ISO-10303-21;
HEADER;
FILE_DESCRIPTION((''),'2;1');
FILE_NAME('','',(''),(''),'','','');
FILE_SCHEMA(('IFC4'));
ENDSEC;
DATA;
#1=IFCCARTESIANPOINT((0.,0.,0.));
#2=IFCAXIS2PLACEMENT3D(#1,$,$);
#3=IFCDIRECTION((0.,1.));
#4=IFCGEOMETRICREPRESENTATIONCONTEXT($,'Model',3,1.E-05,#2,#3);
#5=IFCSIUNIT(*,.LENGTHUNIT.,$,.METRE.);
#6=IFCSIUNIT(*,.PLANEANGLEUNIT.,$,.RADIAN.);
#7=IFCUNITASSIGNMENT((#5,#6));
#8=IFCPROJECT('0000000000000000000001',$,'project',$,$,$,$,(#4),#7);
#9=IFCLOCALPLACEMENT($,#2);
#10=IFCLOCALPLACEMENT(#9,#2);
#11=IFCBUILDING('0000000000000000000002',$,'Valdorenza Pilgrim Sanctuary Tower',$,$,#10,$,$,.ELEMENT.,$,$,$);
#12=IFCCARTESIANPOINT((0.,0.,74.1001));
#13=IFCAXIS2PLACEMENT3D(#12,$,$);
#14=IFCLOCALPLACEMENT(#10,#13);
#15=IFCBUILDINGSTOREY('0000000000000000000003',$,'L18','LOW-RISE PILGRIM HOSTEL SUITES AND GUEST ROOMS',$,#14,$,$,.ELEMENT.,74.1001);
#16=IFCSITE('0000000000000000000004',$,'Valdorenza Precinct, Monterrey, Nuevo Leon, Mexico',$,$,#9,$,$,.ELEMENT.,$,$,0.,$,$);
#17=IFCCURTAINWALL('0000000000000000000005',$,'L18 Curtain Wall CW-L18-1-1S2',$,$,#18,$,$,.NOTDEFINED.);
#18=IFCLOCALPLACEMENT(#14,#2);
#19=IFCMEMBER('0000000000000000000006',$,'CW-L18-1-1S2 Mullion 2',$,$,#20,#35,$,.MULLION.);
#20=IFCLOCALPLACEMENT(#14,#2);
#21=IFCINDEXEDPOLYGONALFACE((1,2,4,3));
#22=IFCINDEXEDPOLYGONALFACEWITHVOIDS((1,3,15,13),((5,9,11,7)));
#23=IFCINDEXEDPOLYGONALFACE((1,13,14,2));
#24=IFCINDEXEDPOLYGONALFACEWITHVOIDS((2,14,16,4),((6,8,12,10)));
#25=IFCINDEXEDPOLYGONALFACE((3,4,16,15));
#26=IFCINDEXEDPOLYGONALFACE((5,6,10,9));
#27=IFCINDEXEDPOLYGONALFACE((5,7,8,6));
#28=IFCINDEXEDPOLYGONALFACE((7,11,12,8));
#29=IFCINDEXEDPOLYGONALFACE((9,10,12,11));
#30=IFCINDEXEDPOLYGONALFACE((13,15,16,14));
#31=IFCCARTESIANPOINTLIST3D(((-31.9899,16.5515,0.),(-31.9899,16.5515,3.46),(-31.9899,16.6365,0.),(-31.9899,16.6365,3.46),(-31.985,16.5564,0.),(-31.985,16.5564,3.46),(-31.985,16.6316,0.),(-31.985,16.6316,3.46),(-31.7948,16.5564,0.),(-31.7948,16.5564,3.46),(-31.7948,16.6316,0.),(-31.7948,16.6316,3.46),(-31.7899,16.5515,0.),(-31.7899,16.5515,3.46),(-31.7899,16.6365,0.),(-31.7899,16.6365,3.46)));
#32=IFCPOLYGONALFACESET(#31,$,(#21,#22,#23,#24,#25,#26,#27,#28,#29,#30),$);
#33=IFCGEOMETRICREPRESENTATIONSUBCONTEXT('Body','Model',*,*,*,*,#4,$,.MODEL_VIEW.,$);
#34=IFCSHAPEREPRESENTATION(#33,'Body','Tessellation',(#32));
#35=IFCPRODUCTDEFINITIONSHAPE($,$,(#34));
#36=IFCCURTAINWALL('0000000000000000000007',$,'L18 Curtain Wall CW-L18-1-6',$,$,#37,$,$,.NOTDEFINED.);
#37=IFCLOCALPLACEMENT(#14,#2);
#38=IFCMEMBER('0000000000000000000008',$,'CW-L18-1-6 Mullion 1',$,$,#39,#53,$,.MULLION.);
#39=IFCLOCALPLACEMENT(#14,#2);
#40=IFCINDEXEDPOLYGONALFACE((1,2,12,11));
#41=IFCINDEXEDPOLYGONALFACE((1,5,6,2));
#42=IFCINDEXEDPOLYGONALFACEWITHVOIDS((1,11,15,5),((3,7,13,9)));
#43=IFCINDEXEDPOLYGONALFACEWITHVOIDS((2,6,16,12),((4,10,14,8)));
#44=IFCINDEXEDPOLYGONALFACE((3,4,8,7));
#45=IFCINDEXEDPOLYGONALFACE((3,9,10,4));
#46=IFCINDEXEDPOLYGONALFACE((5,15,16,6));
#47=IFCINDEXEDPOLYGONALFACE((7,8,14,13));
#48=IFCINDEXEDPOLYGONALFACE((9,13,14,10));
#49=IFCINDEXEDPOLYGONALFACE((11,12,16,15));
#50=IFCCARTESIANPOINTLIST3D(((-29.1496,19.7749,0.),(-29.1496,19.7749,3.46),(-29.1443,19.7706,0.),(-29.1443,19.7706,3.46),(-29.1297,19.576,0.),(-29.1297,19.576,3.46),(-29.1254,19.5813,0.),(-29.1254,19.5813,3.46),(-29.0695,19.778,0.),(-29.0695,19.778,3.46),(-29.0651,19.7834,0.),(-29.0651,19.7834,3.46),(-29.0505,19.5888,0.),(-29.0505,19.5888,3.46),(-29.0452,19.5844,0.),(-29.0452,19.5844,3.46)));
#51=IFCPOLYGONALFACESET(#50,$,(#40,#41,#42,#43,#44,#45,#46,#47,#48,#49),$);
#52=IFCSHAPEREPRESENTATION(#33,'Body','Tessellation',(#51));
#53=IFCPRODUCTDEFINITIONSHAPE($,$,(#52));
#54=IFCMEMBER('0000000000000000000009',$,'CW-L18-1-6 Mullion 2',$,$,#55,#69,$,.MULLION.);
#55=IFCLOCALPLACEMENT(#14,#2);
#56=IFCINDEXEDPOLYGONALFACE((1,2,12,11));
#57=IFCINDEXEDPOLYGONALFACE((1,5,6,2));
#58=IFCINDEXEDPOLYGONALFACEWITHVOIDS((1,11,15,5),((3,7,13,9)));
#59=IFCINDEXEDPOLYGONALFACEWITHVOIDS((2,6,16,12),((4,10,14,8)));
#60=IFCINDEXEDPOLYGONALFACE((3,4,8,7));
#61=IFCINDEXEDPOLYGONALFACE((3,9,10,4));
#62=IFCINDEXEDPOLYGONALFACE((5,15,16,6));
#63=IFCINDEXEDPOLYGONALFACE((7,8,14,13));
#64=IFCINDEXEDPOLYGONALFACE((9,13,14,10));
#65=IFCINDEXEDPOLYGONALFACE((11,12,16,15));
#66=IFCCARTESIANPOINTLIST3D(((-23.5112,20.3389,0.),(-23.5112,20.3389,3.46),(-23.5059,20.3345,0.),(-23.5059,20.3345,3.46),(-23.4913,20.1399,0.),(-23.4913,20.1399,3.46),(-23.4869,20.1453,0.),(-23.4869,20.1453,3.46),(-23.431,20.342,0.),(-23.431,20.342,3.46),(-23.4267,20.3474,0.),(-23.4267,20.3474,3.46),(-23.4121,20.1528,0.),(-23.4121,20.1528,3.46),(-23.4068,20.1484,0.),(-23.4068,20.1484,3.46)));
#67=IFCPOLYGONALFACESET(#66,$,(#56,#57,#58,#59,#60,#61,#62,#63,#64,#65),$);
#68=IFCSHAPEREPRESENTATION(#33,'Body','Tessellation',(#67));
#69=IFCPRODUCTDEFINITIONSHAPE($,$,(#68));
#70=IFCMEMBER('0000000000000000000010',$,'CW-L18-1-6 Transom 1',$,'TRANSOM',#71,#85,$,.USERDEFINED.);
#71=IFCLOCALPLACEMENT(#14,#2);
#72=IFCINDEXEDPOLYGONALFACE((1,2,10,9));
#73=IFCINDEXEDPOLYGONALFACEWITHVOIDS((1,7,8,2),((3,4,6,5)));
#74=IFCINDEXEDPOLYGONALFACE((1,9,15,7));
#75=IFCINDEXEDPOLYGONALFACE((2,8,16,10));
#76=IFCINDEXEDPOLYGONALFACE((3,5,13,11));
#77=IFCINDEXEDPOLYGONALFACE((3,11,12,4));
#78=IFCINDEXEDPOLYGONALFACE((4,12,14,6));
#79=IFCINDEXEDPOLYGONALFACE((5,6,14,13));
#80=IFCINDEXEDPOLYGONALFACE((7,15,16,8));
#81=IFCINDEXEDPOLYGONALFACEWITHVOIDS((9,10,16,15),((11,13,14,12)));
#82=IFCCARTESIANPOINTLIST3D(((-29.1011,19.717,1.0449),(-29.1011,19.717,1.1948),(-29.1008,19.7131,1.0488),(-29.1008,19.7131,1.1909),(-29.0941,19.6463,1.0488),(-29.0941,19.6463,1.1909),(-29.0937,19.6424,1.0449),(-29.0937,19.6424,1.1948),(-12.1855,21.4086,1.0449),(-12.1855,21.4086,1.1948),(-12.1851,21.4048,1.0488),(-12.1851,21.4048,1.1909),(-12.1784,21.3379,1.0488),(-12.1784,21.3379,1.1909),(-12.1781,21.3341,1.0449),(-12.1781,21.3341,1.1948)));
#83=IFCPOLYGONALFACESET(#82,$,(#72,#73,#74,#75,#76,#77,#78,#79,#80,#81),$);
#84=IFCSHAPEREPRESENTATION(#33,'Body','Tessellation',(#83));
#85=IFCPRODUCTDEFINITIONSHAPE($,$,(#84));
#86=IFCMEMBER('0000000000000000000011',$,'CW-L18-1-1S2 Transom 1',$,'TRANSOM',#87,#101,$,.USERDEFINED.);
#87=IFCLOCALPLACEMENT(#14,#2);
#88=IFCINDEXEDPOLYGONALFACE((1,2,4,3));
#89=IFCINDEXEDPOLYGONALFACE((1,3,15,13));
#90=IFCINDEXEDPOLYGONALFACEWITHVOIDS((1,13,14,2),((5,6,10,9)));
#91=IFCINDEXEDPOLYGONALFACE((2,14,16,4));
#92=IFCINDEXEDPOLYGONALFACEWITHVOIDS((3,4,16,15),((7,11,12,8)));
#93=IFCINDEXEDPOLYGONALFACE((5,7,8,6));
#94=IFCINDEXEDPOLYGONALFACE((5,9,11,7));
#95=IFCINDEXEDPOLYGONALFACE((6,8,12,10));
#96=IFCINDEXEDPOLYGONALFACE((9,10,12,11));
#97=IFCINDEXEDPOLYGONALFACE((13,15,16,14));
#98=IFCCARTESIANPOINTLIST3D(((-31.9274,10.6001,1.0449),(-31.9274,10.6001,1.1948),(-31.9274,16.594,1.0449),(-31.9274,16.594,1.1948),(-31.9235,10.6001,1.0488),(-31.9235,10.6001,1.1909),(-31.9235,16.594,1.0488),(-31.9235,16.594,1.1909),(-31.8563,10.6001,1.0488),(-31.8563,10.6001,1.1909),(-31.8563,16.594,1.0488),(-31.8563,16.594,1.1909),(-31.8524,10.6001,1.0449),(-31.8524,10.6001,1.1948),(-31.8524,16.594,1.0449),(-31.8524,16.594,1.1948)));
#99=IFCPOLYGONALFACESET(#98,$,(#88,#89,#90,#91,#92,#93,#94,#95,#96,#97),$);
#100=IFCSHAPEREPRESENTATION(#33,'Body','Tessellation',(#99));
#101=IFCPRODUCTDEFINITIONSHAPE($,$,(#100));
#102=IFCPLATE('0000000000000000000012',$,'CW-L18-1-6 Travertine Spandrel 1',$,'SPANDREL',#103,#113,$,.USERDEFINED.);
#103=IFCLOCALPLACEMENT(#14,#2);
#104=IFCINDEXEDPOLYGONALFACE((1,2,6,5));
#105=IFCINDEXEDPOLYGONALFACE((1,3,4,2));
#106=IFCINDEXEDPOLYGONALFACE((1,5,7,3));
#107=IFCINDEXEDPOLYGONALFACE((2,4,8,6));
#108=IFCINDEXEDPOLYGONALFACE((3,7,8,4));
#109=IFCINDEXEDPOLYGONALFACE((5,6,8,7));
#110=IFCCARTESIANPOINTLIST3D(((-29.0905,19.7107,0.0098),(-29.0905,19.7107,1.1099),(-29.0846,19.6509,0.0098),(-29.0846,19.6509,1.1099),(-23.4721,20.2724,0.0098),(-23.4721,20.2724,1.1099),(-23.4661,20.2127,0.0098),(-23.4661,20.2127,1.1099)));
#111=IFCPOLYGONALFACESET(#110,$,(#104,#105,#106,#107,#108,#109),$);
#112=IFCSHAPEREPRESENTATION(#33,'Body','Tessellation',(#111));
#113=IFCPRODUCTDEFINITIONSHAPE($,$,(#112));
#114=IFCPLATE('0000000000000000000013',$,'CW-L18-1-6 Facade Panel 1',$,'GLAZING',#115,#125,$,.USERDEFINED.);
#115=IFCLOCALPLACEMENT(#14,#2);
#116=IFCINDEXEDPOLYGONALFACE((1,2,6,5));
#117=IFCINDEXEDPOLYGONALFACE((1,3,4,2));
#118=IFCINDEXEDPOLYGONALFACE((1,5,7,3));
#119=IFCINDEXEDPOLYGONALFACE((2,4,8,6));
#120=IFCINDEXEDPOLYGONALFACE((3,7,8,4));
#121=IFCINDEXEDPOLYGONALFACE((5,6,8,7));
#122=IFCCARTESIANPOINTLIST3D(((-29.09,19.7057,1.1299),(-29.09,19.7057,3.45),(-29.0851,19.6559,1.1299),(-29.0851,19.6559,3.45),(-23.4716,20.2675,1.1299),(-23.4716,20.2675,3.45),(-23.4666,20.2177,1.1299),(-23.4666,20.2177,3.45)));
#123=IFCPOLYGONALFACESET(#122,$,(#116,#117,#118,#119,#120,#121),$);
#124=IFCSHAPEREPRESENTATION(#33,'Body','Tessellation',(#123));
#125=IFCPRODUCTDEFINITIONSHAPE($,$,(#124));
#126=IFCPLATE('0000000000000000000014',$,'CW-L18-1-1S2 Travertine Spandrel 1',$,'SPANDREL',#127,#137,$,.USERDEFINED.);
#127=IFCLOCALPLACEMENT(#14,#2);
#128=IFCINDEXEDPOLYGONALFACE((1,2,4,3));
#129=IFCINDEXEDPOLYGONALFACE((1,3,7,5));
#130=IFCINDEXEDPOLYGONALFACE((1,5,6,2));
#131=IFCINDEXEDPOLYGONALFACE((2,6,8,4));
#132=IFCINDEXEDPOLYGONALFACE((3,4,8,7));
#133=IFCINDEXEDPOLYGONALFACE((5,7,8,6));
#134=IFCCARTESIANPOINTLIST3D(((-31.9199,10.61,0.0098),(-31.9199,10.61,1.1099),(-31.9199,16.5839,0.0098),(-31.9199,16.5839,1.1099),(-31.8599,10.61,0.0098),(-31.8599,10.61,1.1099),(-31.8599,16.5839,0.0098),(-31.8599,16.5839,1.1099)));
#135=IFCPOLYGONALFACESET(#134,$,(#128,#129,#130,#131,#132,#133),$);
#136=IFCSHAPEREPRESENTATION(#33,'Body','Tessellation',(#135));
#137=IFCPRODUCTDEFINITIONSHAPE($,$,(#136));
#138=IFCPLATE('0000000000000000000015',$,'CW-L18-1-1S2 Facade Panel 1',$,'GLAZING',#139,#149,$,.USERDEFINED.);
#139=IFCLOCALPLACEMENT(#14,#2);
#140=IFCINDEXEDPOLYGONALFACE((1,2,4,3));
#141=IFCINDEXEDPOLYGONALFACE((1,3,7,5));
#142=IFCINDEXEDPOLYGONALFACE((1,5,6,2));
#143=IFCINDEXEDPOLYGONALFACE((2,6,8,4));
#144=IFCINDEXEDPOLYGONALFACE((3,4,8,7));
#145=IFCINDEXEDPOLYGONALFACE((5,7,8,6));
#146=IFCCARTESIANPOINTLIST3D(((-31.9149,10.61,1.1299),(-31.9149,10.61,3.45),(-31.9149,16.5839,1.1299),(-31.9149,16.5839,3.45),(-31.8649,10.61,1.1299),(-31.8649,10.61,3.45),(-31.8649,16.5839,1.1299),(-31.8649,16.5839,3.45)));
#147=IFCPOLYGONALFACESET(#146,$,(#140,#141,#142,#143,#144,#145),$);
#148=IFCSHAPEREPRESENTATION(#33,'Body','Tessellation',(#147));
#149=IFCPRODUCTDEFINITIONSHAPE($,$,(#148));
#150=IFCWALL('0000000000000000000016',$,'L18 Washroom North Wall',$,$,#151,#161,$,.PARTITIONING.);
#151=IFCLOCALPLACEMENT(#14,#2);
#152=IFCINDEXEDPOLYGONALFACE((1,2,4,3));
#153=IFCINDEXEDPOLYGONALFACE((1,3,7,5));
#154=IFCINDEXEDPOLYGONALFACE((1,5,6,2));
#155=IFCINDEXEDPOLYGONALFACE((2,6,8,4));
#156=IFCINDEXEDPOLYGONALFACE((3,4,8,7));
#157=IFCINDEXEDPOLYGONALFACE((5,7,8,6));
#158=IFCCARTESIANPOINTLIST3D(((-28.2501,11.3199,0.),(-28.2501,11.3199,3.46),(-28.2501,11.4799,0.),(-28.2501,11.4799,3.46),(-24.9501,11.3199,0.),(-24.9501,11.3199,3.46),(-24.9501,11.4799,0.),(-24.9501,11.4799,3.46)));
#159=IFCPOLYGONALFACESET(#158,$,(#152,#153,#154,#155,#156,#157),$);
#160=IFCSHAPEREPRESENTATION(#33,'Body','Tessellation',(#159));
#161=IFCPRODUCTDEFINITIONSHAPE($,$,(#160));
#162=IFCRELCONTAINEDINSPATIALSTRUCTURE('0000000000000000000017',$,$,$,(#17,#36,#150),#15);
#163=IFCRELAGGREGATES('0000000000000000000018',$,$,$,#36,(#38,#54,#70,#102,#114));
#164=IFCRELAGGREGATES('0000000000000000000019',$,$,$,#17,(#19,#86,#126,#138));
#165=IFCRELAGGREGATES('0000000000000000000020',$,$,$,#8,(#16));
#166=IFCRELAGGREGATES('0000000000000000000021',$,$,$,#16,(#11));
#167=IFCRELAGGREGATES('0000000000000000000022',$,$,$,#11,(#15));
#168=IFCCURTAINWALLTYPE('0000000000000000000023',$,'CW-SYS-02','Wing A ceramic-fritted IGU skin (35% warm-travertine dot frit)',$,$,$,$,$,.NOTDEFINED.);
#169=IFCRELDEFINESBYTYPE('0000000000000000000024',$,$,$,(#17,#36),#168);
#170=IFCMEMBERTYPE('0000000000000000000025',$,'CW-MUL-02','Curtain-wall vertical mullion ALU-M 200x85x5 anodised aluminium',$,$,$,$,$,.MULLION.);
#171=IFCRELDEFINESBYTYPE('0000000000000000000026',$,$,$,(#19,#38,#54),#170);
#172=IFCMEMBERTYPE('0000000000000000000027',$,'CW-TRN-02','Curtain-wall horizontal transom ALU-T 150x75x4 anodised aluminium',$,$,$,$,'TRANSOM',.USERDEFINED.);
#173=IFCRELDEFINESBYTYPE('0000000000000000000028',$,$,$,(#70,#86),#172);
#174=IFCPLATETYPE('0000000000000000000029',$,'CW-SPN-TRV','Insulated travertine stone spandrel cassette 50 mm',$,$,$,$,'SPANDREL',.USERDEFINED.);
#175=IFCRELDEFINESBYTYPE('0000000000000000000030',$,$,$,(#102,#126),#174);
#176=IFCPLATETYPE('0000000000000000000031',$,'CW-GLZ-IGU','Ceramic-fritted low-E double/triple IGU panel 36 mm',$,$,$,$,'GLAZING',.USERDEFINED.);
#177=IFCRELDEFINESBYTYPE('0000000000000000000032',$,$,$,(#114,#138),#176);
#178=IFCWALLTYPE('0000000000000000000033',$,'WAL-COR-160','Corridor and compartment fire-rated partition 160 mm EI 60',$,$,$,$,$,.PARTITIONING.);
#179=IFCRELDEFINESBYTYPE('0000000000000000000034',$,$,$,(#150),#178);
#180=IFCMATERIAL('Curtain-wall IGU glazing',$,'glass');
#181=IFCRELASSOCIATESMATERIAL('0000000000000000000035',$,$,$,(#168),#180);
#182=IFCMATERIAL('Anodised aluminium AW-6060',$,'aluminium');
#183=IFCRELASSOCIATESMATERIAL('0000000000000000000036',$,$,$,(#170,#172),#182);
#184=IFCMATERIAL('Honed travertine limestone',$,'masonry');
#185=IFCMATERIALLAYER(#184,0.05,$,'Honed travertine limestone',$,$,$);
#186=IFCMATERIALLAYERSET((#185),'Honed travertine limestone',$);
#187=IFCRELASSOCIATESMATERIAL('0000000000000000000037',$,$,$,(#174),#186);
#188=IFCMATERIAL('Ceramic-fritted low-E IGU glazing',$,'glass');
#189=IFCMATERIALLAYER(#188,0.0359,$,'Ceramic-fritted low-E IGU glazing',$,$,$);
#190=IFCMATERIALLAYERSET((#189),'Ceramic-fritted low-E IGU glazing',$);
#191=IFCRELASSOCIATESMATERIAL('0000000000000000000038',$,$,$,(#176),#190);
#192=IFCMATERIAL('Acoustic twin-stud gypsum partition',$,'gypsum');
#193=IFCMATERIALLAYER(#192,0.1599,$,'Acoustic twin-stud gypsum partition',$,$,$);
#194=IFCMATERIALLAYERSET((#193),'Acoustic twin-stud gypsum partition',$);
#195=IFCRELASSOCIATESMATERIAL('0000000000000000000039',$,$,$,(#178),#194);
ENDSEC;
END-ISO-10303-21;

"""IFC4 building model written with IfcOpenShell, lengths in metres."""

from ifc_helpers import new_model, si_unit, direction, frame, frame_2d, origin, origin_2d, place, context, subcontext, project, spatial, rectangle, hollow_rectangle, extrude, source, transform, mapped, material, layer, layer_set, material_profile, profile_set, type_object, element, aggregate, save


model = new_model("IFC4")

# Units and contexts
model_context = context("Model", 3, precision=1e-05, world=origin(), true_north=direction((0.0, 1.0)))
body_context = subcontext(model_context, "Body", "Model", "MODEL_VIEW")
ifc_project = project(units=[si_unit("LENGTHUNIT", "METRE"), si_unit("PLANEANGLEUNIT", "RADIAN")], contexts=[model_context])

# Site, building, storey
site_placement = place(None, origin())
site = spatial("IfcSite", under=ifc_project, at=site_placement, Name="Valdorenza Precinct, Monterrey, Nuevo Leon, Mexico", CompositionType="ELEMENT", RefElevation=0.0)
building_placement = place(site_placement, origin())
building = spatial("IfcBuilding", under=site, at=building_placement, Name="Valdorenza Pilgrim Sanctuary Tower", CompositionType="ELEMENT")
storey_placement = place(building_placement, frame((0.0, 0.0, 74.1001)))
storey = spatial("IfcBuildingStorey", under=building, at=storey_placement, Name="L18", Description="LOW-RISE PILGRIM HOSTEL SUITES AND GUEST ROOMS", CompositionType="ELEMENT", Elevation=74.1001)

# Curtain walls, members
ifc_material_1 = material(Name="Curtain-wall IGU glazing", Category="glass")
curtain_wall_type = type_object("IfcCurtainWallType", Name="CW-SYS-02", Description="Wing A ceramic-fritted IGU skin (35% warm-travertine dot frit)", PredefinedType="NOTDEFINED", material=ifc_material_1)
curtain_wall_1_placement = place(storey_placement, origin())
curtain_wall_1 = element("IfcCurtainWall", 1, at=curtain_wall_1_placement, inside=storey, type_object=curtain_wall_type, Name="L18 Curtain Wall CW-L18-1-1S2", PredefinedType="NOTDEFINED")
ifc_material_2 = material(Name="Anodised aluminium AW-6060", Category="aluminium")
ifc_material_profile_1 = material_profile(ifc_material_2, hollow_rectangle(XDim=0.085, YDim=0.2, WallThickness=0.0049, at=origin_2d()), Name="ALU-M 200x85x5")
ifc_profile_set_1 = profile_set([ifc_material_profile_1], Name="Anodised aluminium AW-6060")
member_type_1 = type_object("IfcMemberType", Name="CW-MUL-02", Description="Curtain-wall vertical mullion ALU-M 200x85x5 anodised aluminium", PredefinedType="MULLION", material=ifc_profile_set_1)
shared_shape_1 = source(origin(), body_context, "Body", "SweptSolid", [
    extrude(hollow_rectangle(XDim=0.085, YDim=0.2, WallThickness=0.0049, at=origin_2d()), origin(), (0.0, 0.0, 1.0), 3.46),
])
member_1_placement = place(storey_placement, frame((-31.8899, 16.594, 0.0), z_axis=(0.0, 0.0, 1.0), x_axis=(0.0, 1.0, 0.0)))
member_1 = element("IfcMember", 2, at=member_1_placement, type_object=member_type_1, Name="CW-L18-1-1S2 Mullion 2", PredefinedType="MULLION", context=body_context, shape_type="MappedRepresentation", body=[
    mapped(shared_shape_1, transform((0.0, 0.0, 0.0), x_axis=(1.0, 0.0, 0.0), y_axis=(0.0, 1.0, 0.0), z_axis=(0.0, 0.0, 1.0), scale=1.0)),
])
curtain_wall_2_placement = place(storey_placement, origin())
curtain_wall_2 = element("IfcCurtainWall", 3, at=curtain_wall_2_placement, inside=storey, type_object=curtain_wall_type, Name="L18 Curtain Wall CW-L18-1-6", PredefinedType="NOTDEFINED")
member_2_placement = place(storey_placement, frame((-29.0974, 19.6797, 0.0), z_axis=(0.0, 0.0, 1.0), x_axis=(0.995038, 0.099493, 0.0)))
member_2 = element("IfcMember", 4, at=member_2_placement, type_object=member_type_1, Name="CW-L18-1-6 Mullion 1", PredefinedType="MULLION", context=body_context, shape_type="MappedRepresentation", body=[
    mapped(shared_shape_1, transform((0.0, 0.0, 0.0), x_axis=(1.0, 0.0, 0.0), y_axis=(0.0, 1.0, 0.0), z_axis=(0.0, 0.0, 1.0), scale=1.0)),
])
member_3_placement = place(storey_placement, frame((-23.459, 20.2437, 0.0), z_axis=(0.0, 0.0, 1.0), x_axis=(0.995038, 0.099493, 0.0)))
member_3 = element("IfcMember", 5, at=member_3_placement, type_object=member_type_1, Name="CW-L18-1-6 Mullion 2", PredefinedType="MULLION", context=body_context, shape_type="MappedRepresentation", body=[
    mapped(shared_shape_1, transform((0.0, 0.0, 0.0), x_axis=(1.0, 0.0, 0.0), y_axis=(0.0, 1.0, 0.0), z_axis=(0.0, 0.0, 1.0), scale=1.0)),
])
ifc_material_profile_2 = material_profile(ifc_material_2, hollow_rectangle(XDim=0.075, YDim=0.1499, WallThickness=0.0039, at=origin_2d()), Name="ALU-T 150x75x4")
ifc_profile_set_2 = profile_set([ifc_material_profile_2], Name="Anodised aluminium AW-6060")
member_type_2 = type_object("IfcMemberType", Name="CW-TRN-02", Description="Curtain-wall horizontal transom ALU-T 150x75x4 anodised aluminium", ElementType="TRANSOM", PredefinedType="USERDEFINED", material=ifc_profile_set_2)
shared_shape_2 = source(origin(), body_context, "Body", "SweptSolid", [
    extrude(hollow_rectangle(XDim=0.075, YDim=0.1499, WallThickness=0.0039, at=origin_2d()), origin(), (0.0, 0.0, 1.0), 17.0),
])
member_4_placement = place(storey_placement, frame((-29.0974, 19.6797, 1.1199), z_axis=(0.995037, 0.099509, 0.0), x_axis=(-0.099509, 0.995037, 0.0)))
member_4 = element("IfcMember", 6, at=member_4_placement, type_object=member_type_2, Name="CW-L18-1-6 Transom 1", ObjectType="TRANSOM", PredefinedType="USERDEFINED", context=body_context, shape_type="MappedRepresentation", body=[
    mapped(shared_shape_2, transform((0.0, 0.0, 0.0), x_axis=(1.0, 0.0, 0.0), y_axis=(0.0, 1.0, 0.0), z_axis=(0.0, 0.0, 1.0), scale=1.0)),
])

# Member
shared_shape_3 = source(origin(), body_context, "Body", "SweptSolid", [
    extrude(hollow_rectangle(XDim=0.075, YDim=0.1499, WallThickness=0.0039, at=origin_2d()), origin(), (0.0, 0.0, 1.0), 5.9939),
])
member_5_placement = place(storey_placement, frame((-31.8899, 10.6001, 1.1199), z_axis=(0.0, 1.0, 0.0), x_axis=(-1.0, 0.0, 0.0)))
member_5 = element("IfcMember", 7, at=member_5_placement, type_object=member_type_2, Name="CW-L18-1-1S2 Transom 1", ObjectType="TRANSOM", PredefinedType="USERDEFINED", context=body_context, shape_type="MappedRepresentation", body=[
    mapped(shared_shape_3, transform((0.0, 0.0, 0.0), x_axis=(1.0, 0.0, 0.0), y_axis=(0.0, 1.0, 0.0), z_axis=(0.0, 0.0, 1.0), scale=1.0)),
])

# Plates
ifc_material_3 = material(Name="Honed travertine limestone", Category="masonry")
ifc_layer_1 = layer(ifc_material_3, 0.05, Name="Honed travertine limestone")
ifc_layer_set_1 = layer_set([ifc_layer_1], Name="Honed travertine limestone")
plate_type_1 = type_object("IfcPlateType", Name="CW-SPN-TRV", Description="Insulated travertine stone spandrel cassette 50 mm", ElementType="SPANDREL", PredefinedType="USERDEFINED", material=ifc_layer_set_1)
shared_shape_4 = source(origin(), body_context, "Body", "SweptSolid", [
    extrude(rectangle(XDim=5.6465, YDim=0.0601, at=origin_2d()), origin(), (0.0, 0.0, 1.0), 1.1001),
])
plate_1_placement = place(storey_placement, frame((-26.2783, 19.9617, 0.0098), z_axis=(0.0, 0.0, 1.0), x_axis=(0.995038, 0.099493, 0.0)))
plate_1 = element("IfcPlate", 8, at=plate_1_placement, type_object=plate_type_1, Name="CW-L18-1-6 Travertine Spandrel 1", ObjectType="SPANDREL", PredefinedType="USERDEFINED", context=body_context, shape_type="MappedRepresentation", body=[
    mapped(shared_shape_4, transform((0.0, 0.0, 0.0), x_axis=(1.0, 0.0, 0.0), y_axis=(0.0, 1.0, 0.0), z_axis=(0.0, 0.0, 1.0), scale=1.0)),
])
ifc_material_4 = material(Name="Ceramic-fritted low-E IGU glazing", Category="glass")
ifc_layer_2 = layer(ifc_material_4, 0.0359, Name="Ceramic-fritted low-E IGU glazing")
ifc_layer_set_2 = layer_set([ifc_layer_2], Name="Ceramic-fritted low-E IGU glazing")
plate_type_2 = type_object("IfcPlateType", Name="CW-GLZ-IGU", Description="Ceramic-fritted low-E double/triple IGU panel 36 mm", ElementType="GLAZING", PredefinedType="USERDEFINED", material=ifc_layer_set_2)
shared_shape_5 = source(origin(), body_context, "Body", "SweptSolid", [
    extrude(rectangle(XDim=5.6465, YDim=0.05, at=origin_2d()), origin(), (0.0, 0.0, 1.0), 2.3201),
])
plate_2_placement = place(storey_placement, frame((-26.2783, 19.9617, 1.1299), z_axis=(0.0, 0.0, 1.0), x_axis=(0.995038, 0.099493, 0.0)))
plate_2 = element("IfcPlate", 9, at=plate_2_placement, type_object=plate_type_2, Name="CW-L18-1-6 Facade Panel 1", ObjectType="GLAZING", PredefinedType="USERDEFINED", context=body_context, shape_type="MappedRepresentation", body=[
    mapped(shared_shape_5, transform((0.0, 0.0, 0.0), x_axis=(1.0, 0.0, 0.0), y_axis=(0.0, 1.0, 0.0), z_axis=(0.0, 0.0, 1.0), scale=1.0)),
])
aggregate(curtain_wall_2, [member_2, member_3, member_4, plate_1, plate_2])
shared_shape_6 = source(origin(), body_context, "Body", "SweptSolid", [
    extrude(rectangle(XDim=5.9739, YDim=0.0601, at=origin_2d()), origin(), (0.0, 0.0, 1.0), 1.1001),
])
plate_3_placement = place(storey_placement, frame((-31.8899, 13.5969, 0.0098), z_axis=(0.0, 0.0, 1.0), x_axis=(0.0, 1.0, 0.0)))
plate_3 = element("IfcPlate", 10, at=plate_3_placement, type_object=plate_type_1, Name="CW-L18-1-1S2 Travertine Spandrel 1", ObjectType="SPANDREL", PredefinedType="USERDEFINED", context=body_context, shape_type="MappedRepresentation", body=[
    mapped(shared_shape_6, transform((0.0, 0.0, 0.0), x_axis=(1.0, 0.0, 0.0), y_axis=(0.0, 1.0, 0.0), z_axis=(0.0, 0.0, 1.0), scale=1.0)),
])
shared_shape_7 = source(origin(), body_context, "Body", "SweptSolid", [
    extrude(rectangle(XDim=5.9739, YDim=0.05, at=origin_2d()), origin(), (0.0, 0.0, 1.0), 2.3201),
])
plate_4_placement = place(storey_placement, frame((-31.8899, 13.5969, 1.1299), z_axis=(0.0, 0.0, 1.0), x_axis=(0.0, 1.0, 0.0)))
plate_4 = element("IfcPlate", 11, at=plate_4_placement, type_object=plate_type_2, Name="CW-L18-1-1S2 Facade Panel 1", ObjectType="GLAZING", PredefinedType="USERDEFINED", context=body_context, shape_type="MappedRepresentation", body=[
    mapped(shared_shape_7, transform((0.0, 0.0, 0.0), x_axis=(1.0, 0.0, 0.0), y_axis=(0.0, 1.0, 0.0), z_axis=(0.0, 0.0, 1.0), scale=1.0)),
])
aggregate(curtain_wall_1, [member_1, member_5, plate_3, plate_4])

# Wall
ifc_material_5 = material(Name="Acoustic twin-stud gypsum partition", Category="gypsum")
ifc_layer_3 = layer(ifc_material_5, 0.1599, Name="Acoustic twin-stud gypsum partition")
ifc_layer_set_3 = layer_set([ifc_layer_3], Name="Acoustic twin-stud gypsum partition")
wall_type_1 = type_object("IfcWallType", Name="WAL-COR-160", Description="Corridor and compartment fire-rated partition 160 mm EI 60", PredefinedType="PARTITIONING", material=ifc_layer_set_3)
wall_1_placement = place(storey_placement, frame((-28.25, 11.3999, 0.0), z_axis=(0.0, 0.0, 1.0), x_axis=(1.0, 0.0, 0.0)))
element("IfcWall", 12, at=wall_1_placement, inside=storey, type_object=wall_type_1, Name="L18 Washroom North Wall", PredefinedType="PARTITIONING", context=body_context, shape_type="SweptSolid", body=[
    extrude(rectangle(XDim=3.3, YDim=0.1599, at=frame_2d((1.6499, 0.0))), origin(), (0.0, 0.0, 1.0), 3.46),
])

save(model, "model.ifc")
